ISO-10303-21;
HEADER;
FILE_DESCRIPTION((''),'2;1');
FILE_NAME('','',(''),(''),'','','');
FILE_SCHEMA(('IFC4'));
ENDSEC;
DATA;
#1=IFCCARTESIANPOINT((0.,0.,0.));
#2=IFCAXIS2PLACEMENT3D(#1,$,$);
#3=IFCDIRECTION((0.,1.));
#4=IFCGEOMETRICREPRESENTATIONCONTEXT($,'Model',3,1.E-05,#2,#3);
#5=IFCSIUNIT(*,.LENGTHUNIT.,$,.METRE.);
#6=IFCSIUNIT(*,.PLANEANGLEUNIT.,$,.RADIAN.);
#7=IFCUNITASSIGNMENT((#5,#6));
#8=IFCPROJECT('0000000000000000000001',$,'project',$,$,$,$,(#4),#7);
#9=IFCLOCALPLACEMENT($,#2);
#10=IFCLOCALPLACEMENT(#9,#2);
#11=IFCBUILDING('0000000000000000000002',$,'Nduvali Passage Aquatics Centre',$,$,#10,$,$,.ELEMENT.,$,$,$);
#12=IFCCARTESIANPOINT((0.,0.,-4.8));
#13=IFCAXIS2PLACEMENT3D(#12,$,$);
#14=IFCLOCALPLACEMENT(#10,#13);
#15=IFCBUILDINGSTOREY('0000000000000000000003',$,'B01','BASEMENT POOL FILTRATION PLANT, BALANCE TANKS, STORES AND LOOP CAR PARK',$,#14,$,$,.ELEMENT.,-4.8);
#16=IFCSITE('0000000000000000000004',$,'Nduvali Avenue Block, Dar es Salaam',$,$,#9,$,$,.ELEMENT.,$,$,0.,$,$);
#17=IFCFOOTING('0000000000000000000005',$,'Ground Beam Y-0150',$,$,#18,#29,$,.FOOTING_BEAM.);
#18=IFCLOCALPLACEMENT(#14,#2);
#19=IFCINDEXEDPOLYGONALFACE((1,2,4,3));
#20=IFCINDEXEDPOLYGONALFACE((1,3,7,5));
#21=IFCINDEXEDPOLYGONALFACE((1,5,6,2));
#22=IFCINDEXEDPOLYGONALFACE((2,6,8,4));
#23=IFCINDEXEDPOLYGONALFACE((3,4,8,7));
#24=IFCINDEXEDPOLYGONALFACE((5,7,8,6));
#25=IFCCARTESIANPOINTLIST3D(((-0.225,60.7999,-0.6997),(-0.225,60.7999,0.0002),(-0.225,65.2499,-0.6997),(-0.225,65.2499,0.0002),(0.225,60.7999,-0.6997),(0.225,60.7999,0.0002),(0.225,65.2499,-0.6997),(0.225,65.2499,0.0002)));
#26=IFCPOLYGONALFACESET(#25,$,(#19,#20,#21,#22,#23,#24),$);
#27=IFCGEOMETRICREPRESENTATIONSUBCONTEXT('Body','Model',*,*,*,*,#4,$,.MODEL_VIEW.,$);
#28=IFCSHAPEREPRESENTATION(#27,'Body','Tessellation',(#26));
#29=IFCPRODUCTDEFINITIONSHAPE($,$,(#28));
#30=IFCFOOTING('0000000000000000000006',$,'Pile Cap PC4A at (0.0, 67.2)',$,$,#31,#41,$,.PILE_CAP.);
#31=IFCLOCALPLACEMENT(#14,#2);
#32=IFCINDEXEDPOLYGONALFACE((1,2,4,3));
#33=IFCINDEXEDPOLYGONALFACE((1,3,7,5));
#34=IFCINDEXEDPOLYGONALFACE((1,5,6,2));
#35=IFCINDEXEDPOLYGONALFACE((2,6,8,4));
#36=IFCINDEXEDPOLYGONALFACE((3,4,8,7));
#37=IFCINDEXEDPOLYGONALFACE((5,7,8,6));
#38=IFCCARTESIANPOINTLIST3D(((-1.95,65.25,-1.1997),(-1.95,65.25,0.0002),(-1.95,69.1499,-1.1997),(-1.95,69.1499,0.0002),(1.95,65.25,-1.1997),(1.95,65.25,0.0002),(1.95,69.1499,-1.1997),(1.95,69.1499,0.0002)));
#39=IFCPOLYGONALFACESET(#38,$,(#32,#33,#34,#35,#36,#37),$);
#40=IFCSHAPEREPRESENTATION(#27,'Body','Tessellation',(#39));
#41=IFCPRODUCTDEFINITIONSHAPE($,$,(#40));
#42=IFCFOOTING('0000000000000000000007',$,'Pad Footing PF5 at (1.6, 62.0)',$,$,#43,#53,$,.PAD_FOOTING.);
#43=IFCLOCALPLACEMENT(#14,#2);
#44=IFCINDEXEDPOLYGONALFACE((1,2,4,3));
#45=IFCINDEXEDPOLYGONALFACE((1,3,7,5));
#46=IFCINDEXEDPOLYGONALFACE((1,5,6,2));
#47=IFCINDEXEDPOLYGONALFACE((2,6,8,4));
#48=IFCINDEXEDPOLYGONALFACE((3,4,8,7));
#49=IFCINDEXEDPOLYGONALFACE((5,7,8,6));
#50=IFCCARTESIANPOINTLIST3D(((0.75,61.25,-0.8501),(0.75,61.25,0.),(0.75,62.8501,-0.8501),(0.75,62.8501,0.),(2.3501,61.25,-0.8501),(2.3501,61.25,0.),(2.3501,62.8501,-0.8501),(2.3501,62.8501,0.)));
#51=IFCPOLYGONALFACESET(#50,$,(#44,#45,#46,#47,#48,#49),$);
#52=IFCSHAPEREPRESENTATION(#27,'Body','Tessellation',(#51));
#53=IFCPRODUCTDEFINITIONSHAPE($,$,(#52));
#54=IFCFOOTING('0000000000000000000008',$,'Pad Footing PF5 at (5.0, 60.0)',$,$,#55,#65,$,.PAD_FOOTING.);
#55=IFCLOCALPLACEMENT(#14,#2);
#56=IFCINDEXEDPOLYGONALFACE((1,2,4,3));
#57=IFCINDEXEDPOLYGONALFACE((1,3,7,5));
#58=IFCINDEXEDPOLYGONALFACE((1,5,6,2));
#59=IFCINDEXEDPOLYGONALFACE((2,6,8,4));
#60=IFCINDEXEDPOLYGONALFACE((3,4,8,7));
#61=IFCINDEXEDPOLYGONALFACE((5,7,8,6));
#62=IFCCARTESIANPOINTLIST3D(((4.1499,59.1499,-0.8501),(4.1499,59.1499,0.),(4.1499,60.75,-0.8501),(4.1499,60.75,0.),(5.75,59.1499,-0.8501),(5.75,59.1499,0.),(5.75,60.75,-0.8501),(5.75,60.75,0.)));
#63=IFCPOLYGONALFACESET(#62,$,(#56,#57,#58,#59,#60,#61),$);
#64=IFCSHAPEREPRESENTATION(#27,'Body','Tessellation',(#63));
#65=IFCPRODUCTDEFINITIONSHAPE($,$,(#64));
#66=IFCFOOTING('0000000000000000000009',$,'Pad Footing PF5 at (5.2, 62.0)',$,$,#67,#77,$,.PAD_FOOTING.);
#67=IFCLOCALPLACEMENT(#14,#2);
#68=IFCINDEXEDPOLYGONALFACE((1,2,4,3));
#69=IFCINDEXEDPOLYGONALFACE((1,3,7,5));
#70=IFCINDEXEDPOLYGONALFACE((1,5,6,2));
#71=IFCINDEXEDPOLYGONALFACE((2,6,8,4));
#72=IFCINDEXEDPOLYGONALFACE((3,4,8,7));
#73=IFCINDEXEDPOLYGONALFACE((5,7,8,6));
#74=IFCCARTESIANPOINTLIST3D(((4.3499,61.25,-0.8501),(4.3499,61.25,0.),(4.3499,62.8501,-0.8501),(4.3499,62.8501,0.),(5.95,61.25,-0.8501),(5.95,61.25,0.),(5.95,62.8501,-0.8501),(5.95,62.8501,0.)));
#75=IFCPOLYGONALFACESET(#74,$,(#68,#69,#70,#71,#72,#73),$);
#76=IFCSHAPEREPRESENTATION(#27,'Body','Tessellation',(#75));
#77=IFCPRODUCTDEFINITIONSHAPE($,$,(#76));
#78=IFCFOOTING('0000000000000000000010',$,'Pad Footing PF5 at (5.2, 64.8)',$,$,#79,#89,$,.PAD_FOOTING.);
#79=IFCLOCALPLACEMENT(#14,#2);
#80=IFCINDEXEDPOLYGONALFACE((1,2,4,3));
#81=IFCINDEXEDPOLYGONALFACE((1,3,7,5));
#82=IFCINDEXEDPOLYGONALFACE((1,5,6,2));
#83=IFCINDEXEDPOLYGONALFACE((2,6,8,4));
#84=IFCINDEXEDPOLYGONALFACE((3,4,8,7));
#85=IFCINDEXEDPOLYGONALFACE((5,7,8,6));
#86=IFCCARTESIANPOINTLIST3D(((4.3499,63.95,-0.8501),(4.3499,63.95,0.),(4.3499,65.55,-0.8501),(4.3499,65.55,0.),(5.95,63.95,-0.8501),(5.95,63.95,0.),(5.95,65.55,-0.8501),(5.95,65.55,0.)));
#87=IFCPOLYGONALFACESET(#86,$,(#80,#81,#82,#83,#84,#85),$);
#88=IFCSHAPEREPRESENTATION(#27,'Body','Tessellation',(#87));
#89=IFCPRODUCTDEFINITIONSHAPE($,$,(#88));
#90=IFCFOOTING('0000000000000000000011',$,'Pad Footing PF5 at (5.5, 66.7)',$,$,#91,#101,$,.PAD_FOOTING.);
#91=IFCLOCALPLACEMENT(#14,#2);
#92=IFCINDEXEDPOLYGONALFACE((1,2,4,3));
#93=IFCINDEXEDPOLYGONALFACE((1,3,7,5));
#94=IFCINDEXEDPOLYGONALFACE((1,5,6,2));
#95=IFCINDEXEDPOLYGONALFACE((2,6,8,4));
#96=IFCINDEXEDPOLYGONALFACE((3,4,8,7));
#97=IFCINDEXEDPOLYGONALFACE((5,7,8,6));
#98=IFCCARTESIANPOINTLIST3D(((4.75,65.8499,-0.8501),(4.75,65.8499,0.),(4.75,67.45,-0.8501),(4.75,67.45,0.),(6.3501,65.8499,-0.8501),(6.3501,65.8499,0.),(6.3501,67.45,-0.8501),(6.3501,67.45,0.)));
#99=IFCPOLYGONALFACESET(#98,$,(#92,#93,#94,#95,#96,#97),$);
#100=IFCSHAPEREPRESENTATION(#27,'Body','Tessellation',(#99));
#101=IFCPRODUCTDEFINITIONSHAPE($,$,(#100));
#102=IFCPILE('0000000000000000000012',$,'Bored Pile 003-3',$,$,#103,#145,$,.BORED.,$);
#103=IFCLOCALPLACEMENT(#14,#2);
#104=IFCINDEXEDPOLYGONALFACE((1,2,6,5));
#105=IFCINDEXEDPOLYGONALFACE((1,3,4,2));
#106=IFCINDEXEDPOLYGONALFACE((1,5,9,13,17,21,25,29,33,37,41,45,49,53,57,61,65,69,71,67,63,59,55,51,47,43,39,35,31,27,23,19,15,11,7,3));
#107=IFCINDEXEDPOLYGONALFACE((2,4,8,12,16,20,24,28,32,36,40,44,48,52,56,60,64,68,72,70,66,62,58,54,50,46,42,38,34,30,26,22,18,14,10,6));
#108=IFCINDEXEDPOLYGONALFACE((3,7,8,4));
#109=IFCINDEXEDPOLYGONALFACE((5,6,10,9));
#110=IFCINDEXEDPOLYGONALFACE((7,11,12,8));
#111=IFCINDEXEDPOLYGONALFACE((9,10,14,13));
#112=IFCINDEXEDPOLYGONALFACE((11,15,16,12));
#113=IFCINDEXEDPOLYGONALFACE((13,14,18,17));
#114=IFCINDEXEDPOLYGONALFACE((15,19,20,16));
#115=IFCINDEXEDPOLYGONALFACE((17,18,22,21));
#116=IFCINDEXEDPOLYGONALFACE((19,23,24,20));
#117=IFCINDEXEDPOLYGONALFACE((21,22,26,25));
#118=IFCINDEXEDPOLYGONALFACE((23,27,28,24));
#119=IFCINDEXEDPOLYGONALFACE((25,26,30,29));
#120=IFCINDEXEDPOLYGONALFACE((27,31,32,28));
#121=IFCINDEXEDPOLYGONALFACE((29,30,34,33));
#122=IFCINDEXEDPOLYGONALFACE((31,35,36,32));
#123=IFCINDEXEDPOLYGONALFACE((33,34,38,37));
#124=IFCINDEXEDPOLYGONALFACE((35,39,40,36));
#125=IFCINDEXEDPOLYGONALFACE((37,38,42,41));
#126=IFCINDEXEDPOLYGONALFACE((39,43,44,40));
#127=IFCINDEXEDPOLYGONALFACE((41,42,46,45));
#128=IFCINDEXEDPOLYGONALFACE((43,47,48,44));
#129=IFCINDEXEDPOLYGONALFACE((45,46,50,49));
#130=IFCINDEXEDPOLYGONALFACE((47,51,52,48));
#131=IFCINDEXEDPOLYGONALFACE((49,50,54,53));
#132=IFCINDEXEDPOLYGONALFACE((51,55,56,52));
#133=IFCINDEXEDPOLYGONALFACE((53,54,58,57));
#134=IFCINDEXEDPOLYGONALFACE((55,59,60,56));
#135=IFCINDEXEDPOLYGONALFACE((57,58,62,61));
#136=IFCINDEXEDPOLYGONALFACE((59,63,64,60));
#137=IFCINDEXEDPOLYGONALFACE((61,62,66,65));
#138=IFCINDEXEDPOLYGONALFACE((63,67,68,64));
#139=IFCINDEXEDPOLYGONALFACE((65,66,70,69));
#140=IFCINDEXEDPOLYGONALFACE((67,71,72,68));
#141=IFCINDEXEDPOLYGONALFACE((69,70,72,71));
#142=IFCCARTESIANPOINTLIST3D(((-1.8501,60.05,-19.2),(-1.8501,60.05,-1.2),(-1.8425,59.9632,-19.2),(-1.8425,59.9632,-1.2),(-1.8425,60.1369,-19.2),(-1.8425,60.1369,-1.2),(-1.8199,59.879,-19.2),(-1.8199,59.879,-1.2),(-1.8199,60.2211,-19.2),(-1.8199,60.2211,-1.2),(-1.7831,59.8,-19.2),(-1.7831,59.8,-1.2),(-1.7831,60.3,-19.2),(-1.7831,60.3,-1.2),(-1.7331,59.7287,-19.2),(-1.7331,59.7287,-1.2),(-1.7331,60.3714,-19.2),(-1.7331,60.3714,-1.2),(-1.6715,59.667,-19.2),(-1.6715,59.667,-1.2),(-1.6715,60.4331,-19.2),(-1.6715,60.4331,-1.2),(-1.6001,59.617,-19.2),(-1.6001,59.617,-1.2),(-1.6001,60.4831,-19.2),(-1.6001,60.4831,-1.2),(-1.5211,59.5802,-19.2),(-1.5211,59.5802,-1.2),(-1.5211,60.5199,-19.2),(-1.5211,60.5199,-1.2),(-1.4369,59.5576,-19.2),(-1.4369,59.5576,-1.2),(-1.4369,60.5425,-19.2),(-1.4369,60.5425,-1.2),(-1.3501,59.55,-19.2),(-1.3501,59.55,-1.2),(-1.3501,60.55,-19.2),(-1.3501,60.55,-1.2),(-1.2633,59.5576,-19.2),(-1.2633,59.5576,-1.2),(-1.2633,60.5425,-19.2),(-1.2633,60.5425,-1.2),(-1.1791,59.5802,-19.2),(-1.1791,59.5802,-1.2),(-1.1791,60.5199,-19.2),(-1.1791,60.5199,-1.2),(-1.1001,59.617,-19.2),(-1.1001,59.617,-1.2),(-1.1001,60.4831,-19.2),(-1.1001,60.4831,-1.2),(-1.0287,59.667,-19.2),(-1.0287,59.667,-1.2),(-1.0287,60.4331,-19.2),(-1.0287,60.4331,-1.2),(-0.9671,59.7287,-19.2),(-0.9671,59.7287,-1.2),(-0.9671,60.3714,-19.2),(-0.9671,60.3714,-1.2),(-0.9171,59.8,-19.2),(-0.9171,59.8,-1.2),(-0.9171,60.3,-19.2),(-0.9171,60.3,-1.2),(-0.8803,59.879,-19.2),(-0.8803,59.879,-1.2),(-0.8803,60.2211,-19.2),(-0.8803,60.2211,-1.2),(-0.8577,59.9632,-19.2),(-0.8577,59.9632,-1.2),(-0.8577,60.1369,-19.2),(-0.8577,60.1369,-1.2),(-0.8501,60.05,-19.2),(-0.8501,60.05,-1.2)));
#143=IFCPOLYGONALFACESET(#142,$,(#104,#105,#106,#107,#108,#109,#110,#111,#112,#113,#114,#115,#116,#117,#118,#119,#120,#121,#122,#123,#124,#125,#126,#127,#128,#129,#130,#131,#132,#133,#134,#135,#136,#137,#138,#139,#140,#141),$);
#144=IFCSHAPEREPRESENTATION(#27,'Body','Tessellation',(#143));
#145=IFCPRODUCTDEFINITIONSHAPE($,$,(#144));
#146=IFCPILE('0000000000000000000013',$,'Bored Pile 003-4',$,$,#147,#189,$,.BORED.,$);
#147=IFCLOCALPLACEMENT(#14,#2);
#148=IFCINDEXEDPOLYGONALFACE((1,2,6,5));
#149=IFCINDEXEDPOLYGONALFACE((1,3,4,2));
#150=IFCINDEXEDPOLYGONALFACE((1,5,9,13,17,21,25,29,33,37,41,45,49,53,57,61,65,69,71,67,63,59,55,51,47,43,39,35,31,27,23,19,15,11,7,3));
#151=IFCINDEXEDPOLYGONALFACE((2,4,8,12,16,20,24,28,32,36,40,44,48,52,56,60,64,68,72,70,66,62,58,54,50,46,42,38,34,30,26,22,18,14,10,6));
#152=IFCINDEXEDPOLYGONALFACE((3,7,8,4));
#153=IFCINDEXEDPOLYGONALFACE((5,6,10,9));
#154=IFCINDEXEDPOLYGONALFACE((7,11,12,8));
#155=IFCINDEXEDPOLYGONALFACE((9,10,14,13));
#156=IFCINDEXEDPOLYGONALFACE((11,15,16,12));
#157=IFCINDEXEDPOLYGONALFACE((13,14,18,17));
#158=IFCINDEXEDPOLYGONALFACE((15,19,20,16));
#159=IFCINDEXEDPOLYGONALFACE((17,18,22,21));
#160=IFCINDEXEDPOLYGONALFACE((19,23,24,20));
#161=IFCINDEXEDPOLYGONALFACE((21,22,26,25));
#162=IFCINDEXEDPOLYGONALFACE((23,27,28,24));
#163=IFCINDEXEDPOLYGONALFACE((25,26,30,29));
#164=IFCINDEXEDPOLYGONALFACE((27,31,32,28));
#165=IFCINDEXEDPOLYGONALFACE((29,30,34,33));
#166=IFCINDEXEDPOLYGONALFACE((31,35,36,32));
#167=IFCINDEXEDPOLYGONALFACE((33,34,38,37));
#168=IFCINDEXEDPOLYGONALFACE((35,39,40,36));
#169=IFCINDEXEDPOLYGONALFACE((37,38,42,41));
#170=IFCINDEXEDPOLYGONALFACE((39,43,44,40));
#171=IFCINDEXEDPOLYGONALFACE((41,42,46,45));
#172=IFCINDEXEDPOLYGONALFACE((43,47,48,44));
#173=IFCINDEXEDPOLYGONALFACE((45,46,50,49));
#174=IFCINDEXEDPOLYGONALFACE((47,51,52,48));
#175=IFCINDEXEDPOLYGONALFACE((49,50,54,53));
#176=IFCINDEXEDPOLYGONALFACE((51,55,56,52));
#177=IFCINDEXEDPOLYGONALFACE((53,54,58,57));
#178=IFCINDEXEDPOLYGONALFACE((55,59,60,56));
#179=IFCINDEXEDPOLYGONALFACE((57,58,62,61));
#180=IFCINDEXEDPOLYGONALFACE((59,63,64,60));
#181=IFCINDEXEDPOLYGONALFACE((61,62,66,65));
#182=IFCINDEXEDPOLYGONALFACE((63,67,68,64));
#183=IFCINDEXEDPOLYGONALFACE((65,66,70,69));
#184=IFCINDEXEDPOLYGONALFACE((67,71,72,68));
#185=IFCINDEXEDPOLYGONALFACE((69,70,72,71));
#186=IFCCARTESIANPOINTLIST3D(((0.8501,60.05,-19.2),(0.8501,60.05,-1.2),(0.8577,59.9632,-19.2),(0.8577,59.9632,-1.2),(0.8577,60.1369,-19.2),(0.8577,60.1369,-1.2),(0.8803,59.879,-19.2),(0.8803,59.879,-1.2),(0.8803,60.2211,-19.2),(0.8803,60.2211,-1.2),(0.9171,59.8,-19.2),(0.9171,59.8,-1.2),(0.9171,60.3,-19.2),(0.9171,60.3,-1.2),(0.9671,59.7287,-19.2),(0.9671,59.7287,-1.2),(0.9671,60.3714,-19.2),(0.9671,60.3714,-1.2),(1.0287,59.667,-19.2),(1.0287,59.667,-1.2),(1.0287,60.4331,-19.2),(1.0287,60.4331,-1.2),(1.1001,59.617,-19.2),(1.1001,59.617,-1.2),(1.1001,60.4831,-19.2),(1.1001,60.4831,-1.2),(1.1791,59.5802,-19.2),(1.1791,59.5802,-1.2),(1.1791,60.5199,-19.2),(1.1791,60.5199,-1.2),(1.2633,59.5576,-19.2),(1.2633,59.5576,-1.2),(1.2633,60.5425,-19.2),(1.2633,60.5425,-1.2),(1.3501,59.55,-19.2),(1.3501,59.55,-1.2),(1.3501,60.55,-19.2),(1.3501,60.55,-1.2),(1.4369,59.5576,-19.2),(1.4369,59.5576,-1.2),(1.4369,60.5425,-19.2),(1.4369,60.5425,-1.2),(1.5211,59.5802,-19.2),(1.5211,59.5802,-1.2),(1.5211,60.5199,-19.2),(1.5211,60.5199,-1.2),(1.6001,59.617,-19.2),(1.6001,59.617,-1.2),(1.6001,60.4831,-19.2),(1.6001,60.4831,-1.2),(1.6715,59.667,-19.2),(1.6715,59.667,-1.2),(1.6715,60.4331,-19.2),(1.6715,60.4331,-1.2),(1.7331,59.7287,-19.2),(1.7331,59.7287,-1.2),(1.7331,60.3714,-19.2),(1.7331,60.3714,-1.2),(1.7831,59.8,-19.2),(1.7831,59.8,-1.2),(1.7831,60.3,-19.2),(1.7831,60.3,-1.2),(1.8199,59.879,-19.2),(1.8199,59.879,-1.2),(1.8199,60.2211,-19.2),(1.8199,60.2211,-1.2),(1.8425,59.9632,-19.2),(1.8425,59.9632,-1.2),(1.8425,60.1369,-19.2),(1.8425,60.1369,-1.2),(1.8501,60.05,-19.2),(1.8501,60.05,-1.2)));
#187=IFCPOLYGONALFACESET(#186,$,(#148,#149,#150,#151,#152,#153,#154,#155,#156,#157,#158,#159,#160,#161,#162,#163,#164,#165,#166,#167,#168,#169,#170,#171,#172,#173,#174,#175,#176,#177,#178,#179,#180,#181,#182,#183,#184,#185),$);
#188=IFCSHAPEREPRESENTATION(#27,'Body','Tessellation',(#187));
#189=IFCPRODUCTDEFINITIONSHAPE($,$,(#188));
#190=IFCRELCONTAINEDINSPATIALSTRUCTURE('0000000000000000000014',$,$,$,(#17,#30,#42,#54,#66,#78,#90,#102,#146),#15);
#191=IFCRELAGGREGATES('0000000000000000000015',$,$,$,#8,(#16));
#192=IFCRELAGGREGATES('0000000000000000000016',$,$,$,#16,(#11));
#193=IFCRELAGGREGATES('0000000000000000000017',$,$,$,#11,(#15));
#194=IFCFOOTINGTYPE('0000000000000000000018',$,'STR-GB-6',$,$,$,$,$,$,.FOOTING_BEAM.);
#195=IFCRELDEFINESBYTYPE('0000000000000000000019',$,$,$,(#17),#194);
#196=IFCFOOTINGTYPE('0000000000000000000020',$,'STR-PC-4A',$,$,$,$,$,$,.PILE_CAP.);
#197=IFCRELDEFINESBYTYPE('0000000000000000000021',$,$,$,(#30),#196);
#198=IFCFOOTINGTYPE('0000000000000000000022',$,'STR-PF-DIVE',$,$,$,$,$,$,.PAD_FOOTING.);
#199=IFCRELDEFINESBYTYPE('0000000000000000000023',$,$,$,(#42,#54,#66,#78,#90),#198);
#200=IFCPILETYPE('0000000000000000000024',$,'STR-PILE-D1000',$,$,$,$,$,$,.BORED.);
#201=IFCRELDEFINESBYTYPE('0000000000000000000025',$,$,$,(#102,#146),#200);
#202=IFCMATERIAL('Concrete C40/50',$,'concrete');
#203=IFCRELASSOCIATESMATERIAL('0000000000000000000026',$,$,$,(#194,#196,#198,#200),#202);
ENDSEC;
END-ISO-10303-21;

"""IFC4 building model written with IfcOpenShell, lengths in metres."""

from ifc_helpers import new_model, si_unit, direction, frame, origin, origin_2d, place, context, subcontext, project, spatial, rectangle, circle, extrude, material, material_profile, profile_set, type_object, element, save


model = new_model("IFC4")

# Units and contexts
model_context = context("Model", 3, precision=1e-05, world=origin(), true_north=direction((0.0, 1.0)))
body_context = subcontext(model_context, "Body", "Model", "MODEL_VIEW")
ifc_project = project(units=[si_unit("LENGTHUNIT", "METRE"), si_unit("PLANEANGLEUNIT", "RADIAN")], contexts=[model_context])

# Site, building, storey
site_placement = place(None, origin())
site = spatial("IfcSite", under=ifc_project, at=site_placement, Name="Nduvali Avenue Block, Dar es Salaam", CompositionType="ELEMENT", RefElevation=0.0)
building_placement = place(site_placement, origin())
building = spatial("IfcBuilding", under=site, at=building_placement, Name="Nduvali Passage Aquatics Centre", CompositionType="ELEMENT")
storey_placement = place(building_placement, frame((0.0, 0.0, -4.8)))
storey = spatial("IfcBuildingStorey", under=building, at=storey_placement, Name="B01", Description="BASEMENT POOL FILTRATION PLANT, BALANCE TANKS, STORES AND LOOP CAR PARK", CompositionType="ELEMENT", Elevation=-4.8)

# Footings
ifc_material = material(Name="Concrete C40/50", Category="concrete")
footing_type_1 = type_object("IfcFootingType", Name="STR-GB-6", PredefinedType="FOOTING_BEAM", material=ifc_material)
footing_1_placement = place(storey_placement, frame((0.0, 63.0249, -0.6997), z_axis=(0.0, 0.0, 1.0), x_axis=(0.0, 1.0, 0.0)))
element("IfcFooting", 1, at=footing_1_placement, inside=storey, type_object=footing_type_1, Name="Ground Beam Y-0150", PredefinedType="FOOTING_BEAM", context=body_context, shape_type="SweptSolid", body=[
    extrude(rectangle(XDim=4.45, YDim=0.45, at=origin_2d()), origin(), (0.0, 0.0, 1.0), 0.7),
])
footing_type_2 = type_object("IfcFootingType", Name="STR-PC-4A", PredefinedType="PILE_CAP", material=ifc_material)
footing_2_placement = place(storey_placement, frame((0.0, 67.2, -1.1997), z_axis=(0.0, 0.0, 1.0), x_axis=(1.0, 0.0, 0.0)))
element("IfcFooting", 2, at=footing_2_placement, inside=storey, type_object=footing_type_2, Name="Pile Cap PC4A at (0.0, 67.2)", PredefinedType="PILE_CAP", context=body_context, shape_type="SweptSolid", body=[
    extrude(rectangle(XDim=3.8999, YDim=3.8999, at=origin_2d()), origin(), (0.0, 0.0, 1.0), 1.2),
])
footing_type_3 = type_object("IfcFootingType", Name="STR-PF-DIVE", PredefinedType="PAD_FOOTING", material=ifc_material)
for number, where, z_axis, x_axis, name in (
    (3, (1.55, 62.05, -0.8501), (0.0, 0.0, 1.0), (1.0, 0.0, 0.0), "Pad Footing PF5 at (1.6, 62.0)"),
    (4, (4.95, 59.95, -0.8501), (0.0, 0.0, 1.0), (1.0, 0.0, 0.0), "Pad Footing PF5 at (5.0, 60.0)"),
    (5, (5.1499, 62.05, -0.8501), (0.0, 0.0, 1.0), (1.0, 0.0, 0.0), "Pad Footing PF5 at (5.2, 62.0)"),
    (6, (5.1499, 64.75, -0.8501), (0.0, 0.0, 1.0), (1.0, 0.0, 0.0), "Pad Footing PF5 at (5.2, 64.8)"),
    (7, (5.55, 66.6499, -0.8501), (0.0, 0.0, 1.0), (1.0, 0.0, 0.0), "Pad Footing PF5 at (5.5, 66.7)"),
):
    element("IfcFooting", number, at=place(storey_placement, frame(where, z_axis=z_axis, x_axis=x_axis)), inside=storey, type_object=footing_type_3, Name=name, PredefinedType="PAD_FOOTING", context=body_context, shape_type="SweptSolid", body=[
        extrude(rectangle(XDim=1.6001, YDim=1.6001, at=origin_2d()), origin(), (0.0, 0.0, 1.0), 0.8501),
    ])

# Piles
ifc_material_profile_1 = material_profile(ifc_material, circle(Radius=0.5, at=origin_2d()), Name="PILE D1000")
ifc_profile_set_1 = profile_set([ifc_material_profile_1], Name="Concrete C40/50")
pile_type_1 = type_object("IfcPileType", Name="STR-PILE-D1000", PredefinedType="BORED", material=ifc_profile_set_1)
for number, where, z_axis, x_axis, name in (
    (8, (-1.3501, 60.05, -1.2), (0.0, 0.0, -1.0), (1.0, 0.0, 0.0), "Bored Pile 003-3"),
    (9, (1.3501, 60.05, -1.2), (0.0, 0.0, -1.0), (1.0, 0.0, 0.0), "Bored Pile 003-4"),
):
    element("IfcPile", number, at=place(storey_placement, frame(where, z_axis=z_axis, x_axis=x_axis)), inside=storey, type_object=pile_type_1, Name=name, PredefinedType="BORED", context=body_context, shape_type="SweptSolid", body=[
        extrude(circle(Radius=0.5, at=origin_2d()), origin(), (0.0, 0.0, 1.0), 18.0),
    ])

save(model, "model.ifc")
